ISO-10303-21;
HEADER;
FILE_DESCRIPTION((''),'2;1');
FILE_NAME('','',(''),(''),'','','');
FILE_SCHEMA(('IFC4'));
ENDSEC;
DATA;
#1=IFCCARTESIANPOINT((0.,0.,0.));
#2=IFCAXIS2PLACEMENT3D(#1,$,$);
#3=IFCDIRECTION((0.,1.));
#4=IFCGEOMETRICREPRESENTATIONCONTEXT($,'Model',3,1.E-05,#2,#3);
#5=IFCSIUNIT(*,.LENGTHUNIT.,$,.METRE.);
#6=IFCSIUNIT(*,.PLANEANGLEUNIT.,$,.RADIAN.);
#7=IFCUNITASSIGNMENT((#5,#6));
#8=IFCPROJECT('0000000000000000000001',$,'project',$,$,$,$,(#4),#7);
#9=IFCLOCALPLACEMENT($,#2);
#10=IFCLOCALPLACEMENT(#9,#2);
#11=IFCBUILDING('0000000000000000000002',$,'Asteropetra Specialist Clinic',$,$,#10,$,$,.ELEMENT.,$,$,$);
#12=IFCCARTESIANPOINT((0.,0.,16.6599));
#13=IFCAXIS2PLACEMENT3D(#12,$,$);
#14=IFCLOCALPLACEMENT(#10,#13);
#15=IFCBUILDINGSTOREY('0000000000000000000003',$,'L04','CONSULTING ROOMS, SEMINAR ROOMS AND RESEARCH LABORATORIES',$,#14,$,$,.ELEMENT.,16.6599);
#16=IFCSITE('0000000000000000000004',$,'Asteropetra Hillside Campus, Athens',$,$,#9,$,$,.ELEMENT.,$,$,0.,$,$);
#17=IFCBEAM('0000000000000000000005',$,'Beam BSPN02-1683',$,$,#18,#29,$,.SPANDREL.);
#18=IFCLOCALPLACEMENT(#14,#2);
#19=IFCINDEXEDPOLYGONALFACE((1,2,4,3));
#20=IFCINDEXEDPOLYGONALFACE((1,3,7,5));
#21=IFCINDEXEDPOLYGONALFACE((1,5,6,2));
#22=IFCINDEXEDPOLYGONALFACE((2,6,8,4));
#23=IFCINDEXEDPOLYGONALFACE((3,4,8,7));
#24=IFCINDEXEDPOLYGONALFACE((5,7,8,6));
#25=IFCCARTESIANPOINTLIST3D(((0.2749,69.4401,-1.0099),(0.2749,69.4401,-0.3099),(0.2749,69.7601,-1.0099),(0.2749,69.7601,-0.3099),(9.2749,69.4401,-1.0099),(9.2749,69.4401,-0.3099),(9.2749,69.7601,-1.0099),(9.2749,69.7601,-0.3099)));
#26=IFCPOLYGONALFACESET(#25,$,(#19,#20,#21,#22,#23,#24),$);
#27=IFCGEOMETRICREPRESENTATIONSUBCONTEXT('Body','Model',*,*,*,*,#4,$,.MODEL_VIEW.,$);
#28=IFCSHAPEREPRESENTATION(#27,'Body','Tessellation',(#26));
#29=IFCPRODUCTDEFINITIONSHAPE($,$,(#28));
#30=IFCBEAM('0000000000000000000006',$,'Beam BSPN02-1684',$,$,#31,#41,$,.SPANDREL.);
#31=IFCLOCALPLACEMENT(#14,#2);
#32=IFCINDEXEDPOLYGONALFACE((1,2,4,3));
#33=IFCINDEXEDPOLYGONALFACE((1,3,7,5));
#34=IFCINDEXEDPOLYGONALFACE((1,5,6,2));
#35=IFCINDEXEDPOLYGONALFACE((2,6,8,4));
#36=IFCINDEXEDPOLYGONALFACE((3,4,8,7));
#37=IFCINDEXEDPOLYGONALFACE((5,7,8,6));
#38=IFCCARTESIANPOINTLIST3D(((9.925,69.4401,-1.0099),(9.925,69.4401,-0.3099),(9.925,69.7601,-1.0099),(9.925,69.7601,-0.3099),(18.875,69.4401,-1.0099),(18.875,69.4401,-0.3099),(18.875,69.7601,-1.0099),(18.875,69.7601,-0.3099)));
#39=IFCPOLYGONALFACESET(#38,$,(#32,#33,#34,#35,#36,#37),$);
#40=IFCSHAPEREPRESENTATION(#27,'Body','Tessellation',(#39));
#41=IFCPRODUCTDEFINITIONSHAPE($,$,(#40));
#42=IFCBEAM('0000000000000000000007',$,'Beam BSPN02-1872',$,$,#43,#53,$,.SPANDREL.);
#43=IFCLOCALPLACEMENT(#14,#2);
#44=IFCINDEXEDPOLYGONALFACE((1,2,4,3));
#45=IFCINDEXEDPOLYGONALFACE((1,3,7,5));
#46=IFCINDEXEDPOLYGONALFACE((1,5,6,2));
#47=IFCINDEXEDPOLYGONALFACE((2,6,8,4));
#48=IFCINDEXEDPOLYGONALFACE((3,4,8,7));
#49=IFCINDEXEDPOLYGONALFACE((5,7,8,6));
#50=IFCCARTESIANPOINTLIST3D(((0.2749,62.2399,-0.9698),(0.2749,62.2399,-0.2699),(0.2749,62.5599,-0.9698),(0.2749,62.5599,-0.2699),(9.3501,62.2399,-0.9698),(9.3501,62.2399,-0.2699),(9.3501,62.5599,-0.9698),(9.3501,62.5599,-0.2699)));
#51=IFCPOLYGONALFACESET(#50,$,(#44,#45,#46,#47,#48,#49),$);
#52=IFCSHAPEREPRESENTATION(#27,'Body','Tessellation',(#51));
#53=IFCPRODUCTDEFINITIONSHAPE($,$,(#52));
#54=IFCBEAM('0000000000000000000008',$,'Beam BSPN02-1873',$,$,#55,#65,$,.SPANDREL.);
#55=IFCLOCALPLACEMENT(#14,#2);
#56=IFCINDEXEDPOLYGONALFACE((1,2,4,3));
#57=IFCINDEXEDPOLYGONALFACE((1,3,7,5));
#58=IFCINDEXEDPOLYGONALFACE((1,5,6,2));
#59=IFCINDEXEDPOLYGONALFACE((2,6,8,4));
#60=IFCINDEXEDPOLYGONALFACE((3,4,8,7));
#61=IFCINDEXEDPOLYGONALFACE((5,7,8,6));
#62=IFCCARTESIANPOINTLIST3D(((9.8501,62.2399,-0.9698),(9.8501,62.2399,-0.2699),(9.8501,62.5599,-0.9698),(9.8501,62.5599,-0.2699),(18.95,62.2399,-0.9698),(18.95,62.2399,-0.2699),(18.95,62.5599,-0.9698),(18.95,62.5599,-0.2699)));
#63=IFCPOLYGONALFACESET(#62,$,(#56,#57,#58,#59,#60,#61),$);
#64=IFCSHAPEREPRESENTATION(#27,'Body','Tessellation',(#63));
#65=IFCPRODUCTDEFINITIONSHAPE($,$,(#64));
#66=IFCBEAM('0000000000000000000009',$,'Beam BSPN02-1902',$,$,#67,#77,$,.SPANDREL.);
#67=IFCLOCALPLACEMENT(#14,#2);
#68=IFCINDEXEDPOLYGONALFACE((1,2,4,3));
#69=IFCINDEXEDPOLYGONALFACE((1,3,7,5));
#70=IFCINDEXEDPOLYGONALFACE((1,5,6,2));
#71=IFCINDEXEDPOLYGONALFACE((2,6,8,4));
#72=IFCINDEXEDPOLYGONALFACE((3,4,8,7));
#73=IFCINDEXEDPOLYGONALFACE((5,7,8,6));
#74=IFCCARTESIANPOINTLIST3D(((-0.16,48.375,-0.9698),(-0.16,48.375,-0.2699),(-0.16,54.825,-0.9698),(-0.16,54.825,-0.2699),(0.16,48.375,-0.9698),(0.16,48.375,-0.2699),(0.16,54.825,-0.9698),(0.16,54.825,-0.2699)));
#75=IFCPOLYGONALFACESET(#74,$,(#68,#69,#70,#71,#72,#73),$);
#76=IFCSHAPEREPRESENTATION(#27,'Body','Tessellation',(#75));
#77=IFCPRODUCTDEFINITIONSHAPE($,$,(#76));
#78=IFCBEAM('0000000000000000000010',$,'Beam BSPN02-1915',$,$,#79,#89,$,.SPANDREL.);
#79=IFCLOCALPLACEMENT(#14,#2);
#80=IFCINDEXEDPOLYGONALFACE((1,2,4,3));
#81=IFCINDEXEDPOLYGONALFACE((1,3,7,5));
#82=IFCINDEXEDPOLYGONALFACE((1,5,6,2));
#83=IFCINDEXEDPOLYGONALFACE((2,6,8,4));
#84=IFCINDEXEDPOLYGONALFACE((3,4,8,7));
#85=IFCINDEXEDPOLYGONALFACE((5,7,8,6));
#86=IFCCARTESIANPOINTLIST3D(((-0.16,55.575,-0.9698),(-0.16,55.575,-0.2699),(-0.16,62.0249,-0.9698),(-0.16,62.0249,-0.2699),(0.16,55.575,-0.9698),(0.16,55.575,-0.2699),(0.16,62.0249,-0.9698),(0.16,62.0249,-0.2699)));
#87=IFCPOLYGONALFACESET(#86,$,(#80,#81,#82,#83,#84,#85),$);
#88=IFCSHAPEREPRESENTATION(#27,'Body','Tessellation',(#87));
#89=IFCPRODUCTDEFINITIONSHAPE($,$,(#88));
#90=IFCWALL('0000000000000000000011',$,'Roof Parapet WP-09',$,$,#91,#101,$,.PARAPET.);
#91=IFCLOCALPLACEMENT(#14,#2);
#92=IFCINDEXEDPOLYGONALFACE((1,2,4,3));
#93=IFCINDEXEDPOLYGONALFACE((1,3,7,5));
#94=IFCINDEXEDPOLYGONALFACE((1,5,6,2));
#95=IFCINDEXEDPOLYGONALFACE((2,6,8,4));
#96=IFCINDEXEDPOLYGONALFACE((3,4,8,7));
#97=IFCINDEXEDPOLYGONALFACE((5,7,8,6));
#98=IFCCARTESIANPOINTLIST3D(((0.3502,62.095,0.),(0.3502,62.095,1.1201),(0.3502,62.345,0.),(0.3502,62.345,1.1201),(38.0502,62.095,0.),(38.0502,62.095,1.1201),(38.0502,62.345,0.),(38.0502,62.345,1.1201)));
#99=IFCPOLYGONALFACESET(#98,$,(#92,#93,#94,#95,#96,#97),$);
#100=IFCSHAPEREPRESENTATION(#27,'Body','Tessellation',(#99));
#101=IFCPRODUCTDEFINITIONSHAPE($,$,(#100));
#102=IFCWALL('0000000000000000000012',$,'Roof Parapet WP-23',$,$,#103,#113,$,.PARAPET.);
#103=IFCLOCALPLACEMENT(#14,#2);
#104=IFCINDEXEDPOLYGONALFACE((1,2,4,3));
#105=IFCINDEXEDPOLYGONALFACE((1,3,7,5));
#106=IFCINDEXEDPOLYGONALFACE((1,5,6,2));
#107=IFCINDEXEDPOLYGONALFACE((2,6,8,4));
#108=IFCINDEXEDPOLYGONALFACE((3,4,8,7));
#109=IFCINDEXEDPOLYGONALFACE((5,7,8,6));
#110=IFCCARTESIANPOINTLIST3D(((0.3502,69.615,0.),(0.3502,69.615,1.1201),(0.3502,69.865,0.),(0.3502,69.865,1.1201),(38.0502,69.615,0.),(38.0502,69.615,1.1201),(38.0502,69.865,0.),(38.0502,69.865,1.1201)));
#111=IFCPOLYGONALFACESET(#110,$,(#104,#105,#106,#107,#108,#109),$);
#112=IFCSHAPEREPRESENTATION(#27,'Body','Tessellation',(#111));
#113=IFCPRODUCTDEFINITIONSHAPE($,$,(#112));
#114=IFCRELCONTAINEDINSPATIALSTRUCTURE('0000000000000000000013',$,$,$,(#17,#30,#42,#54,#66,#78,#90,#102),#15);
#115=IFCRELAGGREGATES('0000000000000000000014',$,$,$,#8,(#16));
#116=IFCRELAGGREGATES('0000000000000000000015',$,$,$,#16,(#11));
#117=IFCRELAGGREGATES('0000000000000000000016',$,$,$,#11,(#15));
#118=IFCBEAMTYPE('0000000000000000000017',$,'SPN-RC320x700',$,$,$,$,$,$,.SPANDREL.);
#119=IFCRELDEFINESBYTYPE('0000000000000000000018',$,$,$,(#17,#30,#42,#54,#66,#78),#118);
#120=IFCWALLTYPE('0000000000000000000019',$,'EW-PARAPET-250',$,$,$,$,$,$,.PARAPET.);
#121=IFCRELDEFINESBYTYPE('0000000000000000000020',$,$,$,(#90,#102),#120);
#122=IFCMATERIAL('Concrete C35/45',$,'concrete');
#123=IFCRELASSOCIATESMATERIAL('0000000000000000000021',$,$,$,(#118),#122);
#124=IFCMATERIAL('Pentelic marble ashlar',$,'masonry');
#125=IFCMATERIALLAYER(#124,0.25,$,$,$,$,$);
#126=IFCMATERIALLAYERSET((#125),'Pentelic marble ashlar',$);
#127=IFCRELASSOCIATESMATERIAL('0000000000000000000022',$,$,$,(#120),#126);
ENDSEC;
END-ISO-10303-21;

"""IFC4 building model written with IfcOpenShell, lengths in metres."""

from ifc_helpers import new_model, si_unit, direction, frame, frame_2d, origin, origin_2d, place, context, subcontext, project, spatial, rectangle, extrude, material, layer, layer_set, material_profile, profile_set, type_object, element, save


model = new_model("IFC4")

# Units and contexts
model_context = context("Model", 3, precision=1e-05, world=origin(), true_north=direction((0.0, 1.0)))
body_context = subcontext(model_context, "Body", "Model", "MODEL_VIEW")
ifc_project = project(units=[si_unit("LENGTHUNIT", "METRE"), si_unit("PLANEANGLEUNIT", "RADIAN")], contexts=[model_context])

# Site, building, storey
site_placement = place(None, origin())
site = spatial("IfcSite", under=ifc_project, at=site_placement, Name="Asteropetra Hillside Campus, Athens", CompositionType="ELEMENT", RefElevation=0.0)
building_placement = place(site_placement, origin())
building = spatial("IfcBuilding", under=site, at=building_placement, Name="Asteropetra Specialist Clinic", CompositionType="ELEMENT")
storey_placement = place(building_placement, frame((0.0, 0.0, 16.6599)))
storey = spatial("IfcBuildingStorey", under=building, at=storey_placement, Name="L04", Description="CONSULTING ROOMS, SEMINAR ROOMS AND RESEARCH LABORATORIES", CompositionType="ELEMENT", Elevation=16.6599)

# Beams
ifc_material_1 = material(Name="Concrete C35/45", Category="concrete")
ifc_material_profile_1 = material_profile(ifc_material_1, rectangle(XDim=0.3201, YDim=0.7, at=origin_2d()), Name="RCS 320x700")
ifc_profile_set_1 = profile_set([ifc_material_profile_1], Name="Concrete C35/45")
beam_type_1 = type_object("IfcBeamType", Name="SPN-RC320x700", PredefinedType="SPANDREL", material=ifc_profile_set_1)
beam_1_placement = place(storey_placement, frame((0.2749, 69.6001, -0.6599), z_axis=(1.0, 0.0, 0.0), x_axis=(0.0, 1.0, 0.0)))
element("IfcBeam", 1, at=beam_1_placement, inside=storey, type_object=beam_type_1, Name="Beam BSPN02-1683", PredefinedType="SPANDREL", context=body_context, shape_type="SweptSolid", body=[
    extrude(rectangle(XDim=0.3201, YDim=0.7, at=origin_2d()), origin(), (0.0, 0.0, 1.0), 9.0),
])
beam_2_placement = place(storey_placement, frame((9.925, 69.6001, -0.6599), z_axis=(1.0, 0.0, 0.0), x_axis=(0.0, 1.0, 0.0)))
element("IfcBeam", 2, at=beam_2_placement, inside=storey, type_object=beam_type_1, Name="Beam BSPN02-1684", PredefinedType="SPANDREL", context=body_context, shape_type="SweptSolid", body=[
    extrude(rectangle(XDim=0.3201, YDim=0.7, at=origin_2d()), origin(), (0.0, 0.0, 1.0), 8.95),
])
beam_3_placement = place(storey_placement, frame((0.2749, 62.3999, -0.6199), z_axis=(1.0, 0.0, 0.0), x_axis=(0.0, 1.0, 0.0)))
element("IfcBeam", 3, at=beam_3_placement, inside=storey, type_object=beam_type_1, Name="Beam BSPN02-1872", PredefinedType="SPANDREL", context=body_context, shape_type="SweptSolid", body=[
    extrude(rectangle(XDim=0.3201, YDim=0.7, at=origin_2d()), origin(), (0.0, 0.0, 1.0), 9.0752),
])
beam_4_placement = place(storey_placement, frame((9.8501, 62.3999, -0.6199), z_axis=(1.0, 0.0, 0.0), x_axis=(0.0, 1.0, 0.0)))
element("IfcBeam", 4, at=beam_4_placement, inside=storey, type_object=beam_type_1, Name="Beam BSPN02-1873", PredefinedType="SPANDREL", context=body_context, shape_type="SweptSolid", body=[
    extrude(rectangle(XDim=0.3201, YDim=0.7, at=origin_2d()), origin(), (0.0, 0.0, 1.0), 9.0999),
])
for number, where, z_axis, x_axis, name in (
    (5, (0.0, 48.375, -0.6199), (0.0, 1.0, 0.0), (-1.0, 0.0, 0.0), "Beam BSPN02-1902"),
    (6, (0.0, 55.575, -0.6199), (0.0, 1.0, 0.0), (-1.0, 0.0, 0.0), "Beam BSPN02-1915"),
):
    element("IfcBeam", number, at=place(storey_placement, frame(where, z_axis=z_axis, x_axis=x_axis)), inside=storey, type_object=beam_type_1, Name=name, PredefinedType="SPANDREL", context=body_context, shape_type="SweptSolid", body=[
        extrude(rectangle(XDim=0.3201, YDim=0.7, at=origin_2d()), origin(), (0.0, 0.0, 1.0), 6.45),
    ])

# Walls
ifc_material_2 = material(Name="Pentelic marble ashlar", Category="masonry")
ifc_layer = layer(ifc_material_2, 0.25)
ifc_layer_set = layer_set([ifc_layer], Name="Pentelic marble ashlar")
wall_type = type_object("IfcWallType", Name="EW-PARAPET-250", PredefinedType="PARAPET", material=ifc_layer_set)
for number, where, z_axis, x_axis, name in (
    (7, (0.3501, 62.22, 0.0), (0.0, 0.0, 1.0), (1.0, 0.0, 0.0), "Roof Parapet WP-09"),
    (8, (0.3501, 69.74, 0.0), (0.0, 0.0, 1.0), (1.0, 0.0, 0.0), "Roof Parapet WP-23"),
):
    element("IfcWall", number, at=place(storey_placement, frame(where, z_axis=z_axis, x_axis=x_axis)), inside=storey, type_object=wall_type, Name=name, PredefinedType="PARAPET", context=body_context, shape_type="SweptSolid", body=[
        extrude(rectangle(XDim=37.7, YDim=0.25, at=frame_2d((18.8501, 0.0))), origin(), (0.0, 0.0, 1.0), 1.1201),
    ])

save(model, "model.ifc")
